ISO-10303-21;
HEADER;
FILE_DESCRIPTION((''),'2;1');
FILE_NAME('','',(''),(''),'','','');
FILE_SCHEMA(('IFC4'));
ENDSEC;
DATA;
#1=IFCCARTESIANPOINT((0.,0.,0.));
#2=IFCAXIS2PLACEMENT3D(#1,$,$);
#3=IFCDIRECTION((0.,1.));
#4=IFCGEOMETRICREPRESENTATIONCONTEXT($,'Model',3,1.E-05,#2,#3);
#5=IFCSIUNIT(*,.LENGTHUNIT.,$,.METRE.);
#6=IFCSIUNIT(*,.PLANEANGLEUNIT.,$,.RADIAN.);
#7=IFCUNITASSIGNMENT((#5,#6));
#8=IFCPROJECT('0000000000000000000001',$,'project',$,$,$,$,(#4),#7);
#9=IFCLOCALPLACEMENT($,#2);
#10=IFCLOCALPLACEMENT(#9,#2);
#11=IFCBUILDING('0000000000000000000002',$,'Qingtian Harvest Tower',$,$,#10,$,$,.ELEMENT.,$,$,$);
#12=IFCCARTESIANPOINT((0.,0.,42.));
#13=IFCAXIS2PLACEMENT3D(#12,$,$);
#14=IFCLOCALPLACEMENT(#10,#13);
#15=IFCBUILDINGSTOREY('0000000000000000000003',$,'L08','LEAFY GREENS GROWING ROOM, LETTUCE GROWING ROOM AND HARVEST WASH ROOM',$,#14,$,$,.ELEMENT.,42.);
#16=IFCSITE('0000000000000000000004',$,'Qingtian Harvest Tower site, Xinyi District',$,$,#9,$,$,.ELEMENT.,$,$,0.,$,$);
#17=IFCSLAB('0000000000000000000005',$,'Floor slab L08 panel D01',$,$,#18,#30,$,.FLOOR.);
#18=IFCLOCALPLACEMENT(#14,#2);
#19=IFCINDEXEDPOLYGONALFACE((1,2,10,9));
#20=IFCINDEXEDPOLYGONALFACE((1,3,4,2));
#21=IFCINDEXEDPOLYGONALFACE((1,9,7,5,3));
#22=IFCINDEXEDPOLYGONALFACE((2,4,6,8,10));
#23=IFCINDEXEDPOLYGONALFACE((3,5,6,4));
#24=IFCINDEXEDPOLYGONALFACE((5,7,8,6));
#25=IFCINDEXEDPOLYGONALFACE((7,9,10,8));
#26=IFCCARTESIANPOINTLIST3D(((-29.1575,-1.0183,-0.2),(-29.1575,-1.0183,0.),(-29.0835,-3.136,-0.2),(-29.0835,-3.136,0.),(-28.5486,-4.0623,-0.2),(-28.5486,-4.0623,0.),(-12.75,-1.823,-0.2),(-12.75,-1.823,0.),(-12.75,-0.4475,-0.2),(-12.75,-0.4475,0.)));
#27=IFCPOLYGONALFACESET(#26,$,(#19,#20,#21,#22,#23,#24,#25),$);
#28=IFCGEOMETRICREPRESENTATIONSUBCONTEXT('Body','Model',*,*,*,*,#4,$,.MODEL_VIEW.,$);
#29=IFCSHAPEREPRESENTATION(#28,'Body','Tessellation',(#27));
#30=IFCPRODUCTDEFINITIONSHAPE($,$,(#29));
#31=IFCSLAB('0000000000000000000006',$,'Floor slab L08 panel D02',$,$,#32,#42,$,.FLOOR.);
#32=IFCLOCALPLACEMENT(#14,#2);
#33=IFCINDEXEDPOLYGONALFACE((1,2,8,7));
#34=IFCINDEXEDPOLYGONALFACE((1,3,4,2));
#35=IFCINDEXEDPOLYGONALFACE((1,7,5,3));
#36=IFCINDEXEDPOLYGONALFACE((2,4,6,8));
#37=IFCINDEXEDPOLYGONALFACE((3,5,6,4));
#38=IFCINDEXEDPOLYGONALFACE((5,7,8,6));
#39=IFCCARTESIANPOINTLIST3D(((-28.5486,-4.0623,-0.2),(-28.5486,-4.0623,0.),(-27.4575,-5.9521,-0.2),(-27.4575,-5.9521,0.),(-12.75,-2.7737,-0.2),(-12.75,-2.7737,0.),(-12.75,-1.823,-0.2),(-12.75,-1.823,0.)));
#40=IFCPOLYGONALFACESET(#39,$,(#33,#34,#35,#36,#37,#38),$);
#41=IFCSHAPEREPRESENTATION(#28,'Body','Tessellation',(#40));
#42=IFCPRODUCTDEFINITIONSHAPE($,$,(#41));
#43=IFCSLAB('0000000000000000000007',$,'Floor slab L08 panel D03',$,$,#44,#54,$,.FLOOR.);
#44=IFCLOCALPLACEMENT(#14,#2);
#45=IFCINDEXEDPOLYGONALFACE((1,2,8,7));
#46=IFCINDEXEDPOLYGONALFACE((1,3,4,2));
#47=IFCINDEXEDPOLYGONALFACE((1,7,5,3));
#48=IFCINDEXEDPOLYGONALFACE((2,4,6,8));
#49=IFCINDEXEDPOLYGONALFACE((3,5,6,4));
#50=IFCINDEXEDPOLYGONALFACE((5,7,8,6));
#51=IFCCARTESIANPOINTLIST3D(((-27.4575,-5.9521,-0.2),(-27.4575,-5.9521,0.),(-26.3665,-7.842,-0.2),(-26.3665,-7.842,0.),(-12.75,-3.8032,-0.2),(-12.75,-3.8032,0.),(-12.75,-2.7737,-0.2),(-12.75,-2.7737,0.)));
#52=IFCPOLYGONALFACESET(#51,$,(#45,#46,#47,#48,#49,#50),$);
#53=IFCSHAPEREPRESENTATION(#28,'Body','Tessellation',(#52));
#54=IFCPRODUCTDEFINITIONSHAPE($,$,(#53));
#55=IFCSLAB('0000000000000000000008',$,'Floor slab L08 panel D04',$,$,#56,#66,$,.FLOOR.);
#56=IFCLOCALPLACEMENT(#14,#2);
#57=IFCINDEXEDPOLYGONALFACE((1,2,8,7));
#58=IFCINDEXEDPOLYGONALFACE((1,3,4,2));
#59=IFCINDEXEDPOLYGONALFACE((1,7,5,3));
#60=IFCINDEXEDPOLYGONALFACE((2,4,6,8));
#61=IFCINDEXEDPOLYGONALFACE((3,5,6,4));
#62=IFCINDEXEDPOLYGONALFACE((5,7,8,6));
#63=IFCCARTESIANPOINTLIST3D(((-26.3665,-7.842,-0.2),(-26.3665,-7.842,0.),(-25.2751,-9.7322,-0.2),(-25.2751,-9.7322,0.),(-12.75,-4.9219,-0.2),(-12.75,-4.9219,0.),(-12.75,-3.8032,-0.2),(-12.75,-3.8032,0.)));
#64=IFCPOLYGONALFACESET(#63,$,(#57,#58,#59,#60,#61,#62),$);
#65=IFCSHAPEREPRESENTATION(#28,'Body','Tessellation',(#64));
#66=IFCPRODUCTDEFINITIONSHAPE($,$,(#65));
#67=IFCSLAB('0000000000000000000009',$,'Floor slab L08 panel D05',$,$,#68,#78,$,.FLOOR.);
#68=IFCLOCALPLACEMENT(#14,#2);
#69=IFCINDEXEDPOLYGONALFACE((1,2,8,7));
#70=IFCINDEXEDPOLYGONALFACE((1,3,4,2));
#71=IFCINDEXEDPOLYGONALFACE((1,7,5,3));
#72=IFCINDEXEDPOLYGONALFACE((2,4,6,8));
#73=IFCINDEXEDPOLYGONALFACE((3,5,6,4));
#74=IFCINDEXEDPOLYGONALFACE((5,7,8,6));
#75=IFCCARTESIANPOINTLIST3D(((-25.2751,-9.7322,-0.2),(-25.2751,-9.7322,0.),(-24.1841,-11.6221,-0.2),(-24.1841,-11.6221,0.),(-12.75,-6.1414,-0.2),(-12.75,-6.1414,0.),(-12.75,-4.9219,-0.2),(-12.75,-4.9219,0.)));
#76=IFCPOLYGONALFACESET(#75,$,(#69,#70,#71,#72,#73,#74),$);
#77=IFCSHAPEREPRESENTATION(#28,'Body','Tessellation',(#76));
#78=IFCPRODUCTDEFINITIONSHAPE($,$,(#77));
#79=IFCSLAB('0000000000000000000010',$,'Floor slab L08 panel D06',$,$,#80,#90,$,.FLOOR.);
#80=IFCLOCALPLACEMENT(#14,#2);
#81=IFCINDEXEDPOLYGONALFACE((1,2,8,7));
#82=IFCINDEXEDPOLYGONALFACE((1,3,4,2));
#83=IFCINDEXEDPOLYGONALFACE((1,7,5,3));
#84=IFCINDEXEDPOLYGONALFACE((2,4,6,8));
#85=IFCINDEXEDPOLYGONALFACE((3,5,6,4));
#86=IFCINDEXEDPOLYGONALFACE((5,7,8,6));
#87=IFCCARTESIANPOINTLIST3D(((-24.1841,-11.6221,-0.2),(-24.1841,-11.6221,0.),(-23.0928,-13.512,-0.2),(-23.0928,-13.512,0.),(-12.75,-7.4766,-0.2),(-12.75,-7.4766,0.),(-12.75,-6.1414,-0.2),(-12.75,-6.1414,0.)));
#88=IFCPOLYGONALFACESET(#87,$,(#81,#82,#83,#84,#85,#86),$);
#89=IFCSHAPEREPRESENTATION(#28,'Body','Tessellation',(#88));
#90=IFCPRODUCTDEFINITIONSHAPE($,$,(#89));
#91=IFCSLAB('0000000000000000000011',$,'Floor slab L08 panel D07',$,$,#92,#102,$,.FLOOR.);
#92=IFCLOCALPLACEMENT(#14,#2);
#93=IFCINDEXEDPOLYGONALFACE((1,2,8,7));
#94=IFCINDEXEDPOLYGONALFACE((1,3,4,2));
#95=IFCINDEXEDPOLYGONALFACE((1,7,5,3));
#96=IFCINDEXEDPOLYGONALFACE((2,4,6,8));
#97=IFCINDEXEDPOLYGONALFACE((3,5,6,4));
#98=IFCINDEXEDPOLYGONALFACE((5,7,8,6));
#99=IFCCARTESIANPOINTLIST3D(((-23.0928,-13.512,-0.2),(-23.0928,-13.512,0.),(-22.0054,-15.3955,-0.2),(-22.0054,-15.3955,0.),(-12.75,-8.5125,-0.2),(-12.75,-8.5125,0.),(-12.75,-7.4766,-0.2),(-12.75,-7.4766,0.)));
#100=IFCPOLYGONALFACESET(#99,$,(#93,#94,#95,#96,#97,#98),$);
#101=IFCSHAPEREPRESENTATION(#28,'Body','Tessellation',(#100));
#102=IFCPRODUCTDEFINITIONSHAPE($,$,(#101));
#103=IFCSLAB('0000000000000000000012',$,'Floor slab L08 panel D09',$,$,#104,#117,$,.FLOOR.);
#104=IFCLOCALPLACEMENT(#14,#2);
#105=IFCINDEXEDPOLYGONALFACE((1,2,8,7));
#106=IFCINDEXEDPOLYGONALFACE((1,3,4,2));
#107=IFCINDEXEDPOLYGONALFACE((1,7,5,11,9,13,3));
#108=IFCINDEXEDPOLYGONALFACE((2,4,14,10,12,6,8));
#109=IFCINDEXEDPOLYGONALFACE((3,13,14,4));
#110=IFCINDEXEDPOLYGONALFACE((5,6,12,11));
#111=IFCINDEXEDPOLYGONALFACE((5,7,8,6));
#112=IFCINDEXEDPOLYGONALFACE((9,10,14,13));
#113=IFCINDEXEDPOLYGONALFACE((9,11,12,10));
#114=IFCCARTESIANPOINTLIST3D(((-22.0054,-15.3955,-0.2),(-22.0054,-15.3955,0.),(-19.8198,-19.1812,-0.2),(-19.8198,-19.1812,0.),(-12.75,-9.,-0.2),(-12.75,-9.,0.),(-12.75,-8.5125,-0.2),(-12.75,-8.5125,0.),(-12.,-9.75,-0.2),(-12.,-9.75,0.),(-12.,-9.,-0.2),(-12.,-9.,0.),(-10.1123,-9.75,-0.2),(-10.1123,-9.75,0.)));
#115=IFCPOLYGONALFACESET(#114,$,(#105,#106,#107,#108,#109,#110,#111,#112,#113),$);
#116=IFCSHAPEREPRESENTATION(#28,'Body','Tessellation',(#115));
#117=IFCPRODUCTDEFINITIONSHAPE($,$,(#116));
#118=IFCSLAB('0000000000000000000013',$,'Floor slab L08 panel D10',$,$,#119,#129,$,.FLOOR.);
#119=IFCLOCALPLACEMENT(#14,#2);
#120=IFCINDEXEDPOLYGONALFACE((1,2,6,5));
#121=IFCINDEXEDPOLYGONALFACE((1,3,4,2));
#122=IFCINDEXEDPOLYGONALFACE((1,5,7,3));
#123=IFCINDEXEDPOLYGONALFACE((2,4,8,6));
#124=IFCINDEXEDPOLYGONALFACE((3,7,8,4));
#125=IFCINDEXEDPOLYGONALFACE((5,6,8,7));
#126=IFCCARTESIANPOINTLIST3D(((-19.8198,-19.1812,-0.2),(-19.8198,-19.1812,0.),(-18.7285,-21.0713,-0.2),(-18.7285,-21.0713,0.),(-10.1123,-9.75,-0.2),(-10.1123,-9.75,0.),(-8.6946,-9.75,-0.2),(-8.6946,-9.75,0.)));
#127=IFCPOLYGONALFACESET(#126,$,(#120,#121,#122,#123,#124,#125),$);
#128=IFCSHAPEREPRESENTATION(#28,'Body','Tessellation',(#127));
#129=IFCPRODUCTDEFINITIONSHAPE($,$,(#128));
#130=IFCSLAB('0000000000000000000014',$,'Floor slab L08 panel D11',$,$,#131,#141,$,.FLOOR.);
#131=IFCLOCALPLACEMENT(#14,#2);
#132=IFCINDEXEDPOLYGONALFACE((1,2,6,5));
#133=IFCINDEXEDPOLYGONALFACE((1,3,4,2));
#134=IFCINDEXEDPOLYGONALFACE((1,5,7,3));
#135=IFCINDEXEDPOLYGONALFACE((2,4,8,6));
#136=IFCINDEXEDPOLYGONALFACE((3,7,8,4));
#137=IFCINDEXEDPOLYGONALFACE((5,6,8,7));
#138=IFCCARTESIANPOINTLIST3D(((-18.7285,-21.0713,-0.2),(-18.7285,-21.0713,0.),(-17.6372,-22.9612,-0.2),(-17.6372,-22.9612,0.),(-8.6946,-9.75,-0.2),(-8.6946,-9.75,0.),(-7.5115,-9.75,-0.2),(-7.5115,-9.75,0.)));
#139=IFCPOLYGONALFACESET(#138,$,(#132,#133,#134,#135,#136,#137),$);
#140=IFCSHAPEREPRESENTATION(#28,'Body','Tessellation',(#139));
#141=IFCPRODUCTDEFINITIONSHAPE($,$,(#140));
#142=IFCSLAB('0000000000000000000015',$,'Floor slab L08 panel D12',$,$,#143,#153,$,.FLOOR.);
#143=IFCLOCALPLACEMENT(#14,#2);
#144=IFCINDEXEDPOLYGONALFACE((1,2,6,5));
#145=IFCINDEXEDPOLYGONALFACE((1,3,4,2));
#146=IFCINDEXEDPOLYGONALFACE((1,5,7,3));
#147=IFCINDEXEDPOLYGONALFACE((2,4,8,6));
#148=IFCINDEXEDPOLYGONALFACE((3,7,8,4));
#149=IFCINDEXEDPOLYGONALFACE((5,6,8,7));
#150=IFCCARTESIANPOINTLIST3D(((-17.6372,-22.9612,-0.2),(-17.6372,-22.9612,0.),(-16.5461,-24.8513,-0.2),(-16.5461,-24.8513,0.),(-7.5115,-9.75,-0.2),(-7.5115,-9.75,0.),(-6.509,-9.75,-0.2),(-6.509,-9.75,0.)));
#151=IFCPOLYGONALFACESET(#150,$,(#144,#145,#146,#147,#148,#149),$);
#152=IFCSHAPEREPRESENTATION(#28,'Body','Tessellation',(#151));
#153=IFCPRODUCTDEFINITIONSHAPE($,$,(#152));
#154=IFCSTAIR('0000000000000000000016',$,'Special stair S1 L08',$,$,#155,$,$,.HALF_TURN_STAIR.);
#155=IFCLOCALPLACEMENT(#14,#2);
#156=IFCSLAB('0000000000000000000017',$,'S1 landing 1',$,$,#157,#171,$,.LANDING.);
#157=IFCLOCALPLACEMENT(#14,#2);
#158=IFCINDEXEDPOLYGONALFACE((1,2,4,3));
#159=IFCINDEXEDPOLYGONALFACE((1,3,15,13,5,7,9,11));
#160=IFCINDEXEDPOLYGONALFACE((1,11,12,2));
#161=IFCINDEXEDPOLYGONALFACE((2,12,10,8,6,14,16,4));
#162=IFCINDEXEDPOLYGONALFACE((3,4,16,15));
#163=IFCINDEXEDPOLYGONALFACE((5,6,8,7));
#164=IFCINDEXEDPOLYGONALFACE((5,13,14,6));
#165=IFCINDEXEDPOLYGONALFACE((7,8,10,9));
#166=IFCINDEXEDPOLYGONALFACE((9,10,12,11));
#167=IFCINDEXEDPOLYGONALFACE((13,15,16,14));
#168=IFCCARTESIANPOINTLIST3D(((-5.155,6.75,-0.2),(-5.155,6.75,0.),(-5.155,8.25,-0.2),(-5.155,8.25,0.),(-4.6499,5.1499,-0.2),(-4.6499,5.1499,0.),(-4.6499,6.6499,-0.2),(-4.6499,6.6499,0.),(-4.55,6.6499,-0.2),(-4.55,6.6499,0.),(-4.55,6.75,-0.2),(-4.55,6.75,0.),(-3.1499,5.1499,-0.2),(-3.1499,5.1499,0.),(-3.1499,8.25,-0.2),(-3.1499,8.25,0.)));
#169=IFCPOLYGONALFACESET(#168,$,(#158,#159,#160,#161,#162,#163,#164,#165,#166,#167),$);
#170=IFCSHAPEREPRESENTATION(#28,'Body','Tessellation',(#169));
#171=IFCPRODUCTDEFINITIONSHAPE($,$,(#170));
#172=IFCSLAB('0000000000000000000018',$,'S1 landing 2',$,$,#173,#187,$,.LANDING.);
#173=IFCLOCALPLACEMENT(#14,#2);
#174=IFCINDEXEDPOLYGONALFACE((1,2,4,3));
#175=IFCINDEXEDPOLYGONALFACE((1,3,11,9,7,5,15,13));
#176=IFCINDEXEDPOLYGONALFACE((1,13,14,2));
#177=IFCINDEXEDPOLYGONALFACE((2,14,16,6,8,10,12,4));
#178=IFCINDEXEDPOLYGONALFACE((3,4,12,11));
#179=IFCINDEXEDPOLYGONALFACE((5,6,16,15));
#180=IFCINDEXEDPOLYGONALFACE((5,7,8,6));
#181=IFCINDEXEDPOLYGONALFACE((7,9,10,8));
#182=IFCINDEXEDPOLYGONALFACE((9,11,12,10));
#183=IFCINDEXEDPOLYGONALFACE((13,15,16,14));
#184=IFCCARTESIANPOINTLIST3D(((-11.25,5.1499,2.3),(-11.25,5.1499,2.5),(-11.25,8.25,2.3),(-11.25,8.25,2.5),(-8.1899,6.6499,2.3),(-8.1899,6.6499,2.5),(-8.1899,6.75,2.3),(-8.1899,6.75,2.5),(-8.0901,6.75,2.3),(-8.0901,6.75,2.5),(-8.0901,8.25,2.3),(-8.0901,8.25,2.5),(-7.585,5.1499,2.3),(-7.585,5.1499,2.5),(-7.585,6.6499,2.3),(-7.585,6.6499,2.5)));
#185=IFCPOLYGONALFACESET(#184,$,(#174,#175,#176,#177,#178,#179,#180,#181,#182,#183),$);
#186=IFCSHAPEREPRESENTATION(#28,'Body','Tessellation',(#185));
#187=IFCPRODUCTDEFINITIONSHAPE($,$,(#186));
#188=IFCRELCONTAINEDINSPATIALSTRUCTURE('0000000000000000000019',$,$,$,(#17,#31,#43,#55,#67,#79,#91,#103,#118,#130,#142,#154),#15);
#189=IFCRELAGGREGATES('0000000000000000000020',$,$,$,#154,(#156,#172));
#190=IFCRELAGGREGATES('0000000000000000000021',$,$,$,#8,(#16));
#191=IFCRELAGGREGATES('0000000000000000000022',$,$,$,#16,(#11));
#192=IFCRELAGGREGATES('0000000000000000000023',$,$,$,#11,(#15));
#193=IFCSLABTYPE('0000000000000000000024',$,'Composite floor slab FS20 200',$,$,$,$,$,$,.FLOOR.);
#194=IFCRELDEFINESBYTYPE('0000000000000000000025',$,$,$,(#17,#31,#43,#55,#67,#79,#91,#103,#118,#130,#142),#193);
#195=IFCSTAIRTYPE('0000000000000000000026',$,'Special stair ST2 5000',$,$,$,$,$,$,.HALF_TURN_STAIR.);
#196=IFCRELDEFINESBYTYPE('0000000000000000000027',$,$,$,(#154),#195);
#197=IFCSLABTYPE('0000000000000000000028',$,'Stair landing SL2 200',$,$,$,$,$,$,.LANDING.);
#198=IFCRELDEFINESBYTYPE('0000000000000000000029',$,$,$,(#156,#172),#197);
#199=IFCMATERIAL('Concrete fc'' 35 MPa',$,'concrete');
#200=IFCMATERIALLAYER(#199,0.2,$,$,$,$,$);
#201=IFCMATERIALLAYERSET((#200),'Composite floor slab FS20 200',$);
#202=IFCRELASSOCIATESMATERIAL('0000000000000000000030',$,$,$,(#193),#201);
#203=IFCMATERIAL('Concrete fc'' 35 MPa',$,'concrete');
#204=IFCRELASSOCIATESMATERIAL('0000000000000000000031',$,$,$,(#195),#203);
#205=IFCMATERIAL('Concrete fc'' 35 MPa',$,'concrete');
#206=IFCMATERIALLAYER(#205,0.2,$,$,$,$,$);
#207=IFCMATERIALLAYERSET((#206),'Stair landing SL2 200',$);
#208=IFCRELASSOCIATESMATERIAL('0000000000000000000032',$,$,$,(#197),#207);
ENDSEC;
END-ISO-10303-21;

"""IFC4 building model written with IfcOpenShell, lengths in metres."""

from ifc_helpers import new_model, si_unit, direction, frame, origin, place, context, subcontext, project, spatial, polyline, outline, extrude, material, layer, layer_set, type_object, element, aggregate, save


model = new_model("IFC4")

# Units and contexts
model_context = context("Model", 3, precision=1e-05, world=origin(), true_north=direction((0.0, 1.0)))
body_context = subcontext(model_context, "Body", "Model", "MODEL_VIEW")
ifc_project = project(units=[si_unit("LENGTHUNIT", "METRE"), si_unit("PLANEANGLEUNIT", "RADIAN")], contexts=[model_context])

# Site, building, storey
site_placement = place(None, origin())
site = spatial("IfcSite", under=ifc_project, at=site_placement, Name="Qingtian Harvest Tower site, Xinyi District", CompositionType="ELEMENT", RefElevation=0.0)
building_placement = place(site_placement, origin())
building = spatial("IfcBuilding", under=site, at=building_placement, Name="Qingtian Harvest Tower", CompositionType="ELEMENT")
storey_placement = place(building_placement, frame((0.0, 0.0, 42.0)))
storey = spatial("IfcBuildingStorey", under=building, at=storey_placement, Name="L08", Description="LEAFY GREENS GROWING ROOM, LETTUCE GROWING ROOM AND HARVEST WASH ROOM", CompositionType="ELEMENT", Elevation=42.0)

# Slabs
ifc_material_1 = material(Name="Concrete fc' 35 MPa", Category="concrete")
ifc_layer_1 = layer(ifc_material_1, 0.2)
ifc_layer_set_1 = layer_set([ifc_layer_1], Name="Composite floor slab FS20 200")
slab_type_1 = type_object("IfcSlabType", Name="Composite floor slab FS20 200", PredefinedType="FLOOR", material=ifc_layer_set_1)
slab_1_placement = place(storey_placement, frame((0.0, 0.0, -0.2)))
element("IfcSlab", 1, at=slab_1_placement, inside=storey, type_object=slab_type_1, Name="Floor slab L08 panel D01", PredefinedType="FLOOR", context=body_context, shape_type="SweptSolid", body=[
    extrude(outline(polyline([(-29.1575, -1.0183), (-12.75, -0.4475), (-12.75, -1.823), (-28.5486, -4.0623), (-29.0835, -3.136), (-29.1575, -1.0183)])), origin(), (0.0, 0.0, 1.0), 0.2),
])
slab_2_placement = place(storey_placement, frame((0.0, 0.0, -0.2)))
element("IfcSlab", 2, at=slab_2_placement, inside=storey, type_object=slab_type_1, Name="Floor slab L08 panel D02", PredefinedType="FLOOR", context=body_context, shape_type="SweptSolid", body=[
    extrude(outline(polyline([(-12.75, -2.7737), (-27.4575, -5.9521), (-28.5486, -4.0623), (-12.75, -1.823), (-12.75, -2.7737)])), origin(), (0.0, 0.0, 1.0), 0.2),
])
slab_3_placement = place(storey_placement, frame((0.0, 0.0, -0.2)))
element("IfcSlab", 3, at=slab_3_placement, inside=storey, type_object=slab_type_1, Name="Floor slab L08 panel D03", PredefinedType="FLOOR", context=body_context, shape_type="SweptSolid", body=[
    extrude(outline(polyline([(-12.75, -3.8032), (-26.3665, -7.842), (-27.4575, -5.9521), (-12.75, -2.7737), (-12.75, -3.8032)])), origin(), (0.0, 0.0, 1.0), 0.2),
])
slab_4_placement = place(storey_placement, frame((0.0, 0.0, -0.2)))
element("IfcSlab", 4, at=slab_4_placement, inside=storey, type_object=slab_type_1, Name="Floor slab L08 panel D04", PredefinedType="FLOOR", context=body_context, shape_type="SweptSolid", body=[
    extrude(outline(polyline([(-12.75, -4.9219), (-25.2751, -9.7322), (-26.3665, -7.842), (-12.75, -3.8032), (-12.75, -4.9219)])), origin(), (0.0, 0.0, 1.0), 0.2),
])
slab_5_placement = place(storey_placement, frame((0.0, 0.0, -0.2)))
element("IfcSlab", 5, at=slab_5_placement, inside=storey, type_object=slab_type_1, Name="Floor slab L08 panel D05", PredefinedType="FLOOR", context=body_context, shape_type="SweptSolid", body=[
    extrude(outline(polyline([(-12.75, -6.1414), (-24.1841, -11.6221), (-25.2751, -9.7322), (-12.75, -4.9219), (-12.75, -6.1414)])), origin(), (0.0, 0.0, 1.0), 0.2),
])
slab_6_placement = place(storey_placement, frame((0.0, 0.0, -0.2)))
element("IfcSlab", 6, at=slab_6_placement, inside=storey, type_object=slab_type_1, Name="Floor slab L08 panel D06", PredefinedType="FLOOR", context=body_context, shape_type="SweptSolid", body=[
    extrude(outline(polyline([(-12.75, -7.4766), (-23.0928, -13.512), (-24.1841, -11.6221), (-12.75, -6.1414), (-12.75, -7.4766)])), origin(), (0.0, 0.0, 1.0), 0.2),
])
slab_7_placement = place(storey_placement, frame((0.0, 0.0, -0.2)))
element("IfcSlab", 7, at=slab_7_placement, inside=storey, type_object=slab_type_1, Name="Floor slab L08 panel D07", PredefinedType="FLOOR", context=body_context, shape_type="SweptSolid", body=[
    extrude(outline(polyline([(-12.75, -8.5125), (-22.0054, -15.3955), (-23.0928, -13.512), (-12.75, -7.4766), (-12.75, -8.5125)])), origin(), (0.0, 0.0, 1.0), 0.2),
])
slab_8_placement = place(storey_placement, frame((0.0, 0.0, -0.2)))
element("IfcSlab", 8, at=slab_8_placement, inside=storey, type_object=slab_type_1, Name="Floor slab L08 panel D09", PredefinedType="FLOOR", context=body_context, shape_type="SweptSolid", body=[
    extrude(outline(polyline([(-19.8198, -19.1812), (-22.0054, -15.3955), (-12.75, -8.5125), (-12.75, -9.0), (-12.0, -9.0), (-12.0, -9.75), (-10.1123, -9.75), (-19.8198, -19.1812)])), origin(), (0.0, 0.0, 1.0), 0.2),
])
slab_9_placement = place(storey_placement, frame((0.0, 0.0, -0.2)))
element("IfcSlab", 9, at=slab_9_placement, inside=storey, type_object=slab_type_1, Name="Floor slab L08 panel D10", PredefinedType="FLOOR", context=body_context, shape_type="SweptSolid", body=[
    extrude(outline(polyline([(-8.6946, -9.75), (-18.7285, -21.0713), (-19.8198, -19.1812), (-10.1123, -9.75), (-8.6946, -9.75)])), origin(), (0.0, 0.0, 1.0), 0.2),
])
slab_10_placement = place(storey_placement, frame((0.0, 0.0, -0.2)))
element("IfcSlab", 10, at=slab_10_placement, inside=storey, type_object=slab_type_1, Name="Floor slab L08 panel D11", PredefinedType="FLOOR", context=body_context, shape_type="SweptSolid", body=[
    extrude(outline(polyline([(-7.5115, -9.75), (-17.6372, -22.9612), (-18.7285, -21.0713), (-8.6946, -9.75), (-7.5115, -9.75)])), origin(), (0.0, 0.0, 1.0), 0.2),
])
slab_11_placement = place(storey_placement, frame((0.0, 0.0, -0.2)))
element("IfcSlab", 11, at=slab_11_placement, inside=storey, type_object=slab_type_1, Name="Floor slab L08 panel D12", PredefinedType="FLOOR", context=body_context, shape_type="SweptSolid", body=[
    extrude(outline(polyline([(-6.509, -9.75), (-16.5461, -24.8513), (-17.6372, -22.9612), (-7.5115, -9.75), (-6.509, -9.75)])), origin(), (0.0, 0.0, 1.0), 0.2),
])

# Stair, slabs
ifc_material_2 = material(Name="Concrete fc' 35 MPa", Category="concrete")
stair_type = type_object("IfcStairType", Name="Special stair ST2 5000", PredefinedType="HALF_TURN_STAIR", material=ifc_material_2)
stair_1_placement = place(storey_placement, origin())
stair_1 = element("IfcStair", 12, at=stair_1_placement, inside=storey, type_object=stair_type, Name="Special stair S1 L08", PredefinedType="HALF_TURN_STAIR")
ifc_material_3 = material(Name="Concrete fc' 35 MPa", Category="concrete")
ifc_layer_2 = layer(ifc_material_3, 0.2)
ifc_layer_set_2 = layer_set([ifc_layer_2], Name="Stair landing SL2 200")
slab_type_2 = type_object("IfcSlabType", Name="Stair landing SL2 200", PredefinedType="LANDING", material=ifc_layer_set_2)
slab_12_placement = place(storey_placement, frame((0.0, 0.0, -0.2)))
slab_12 = element("IfcSlab", 13, at=slab_12_placement, type_object=slab_type_2, Name="S1 landing 1", PredefinedType="LANDING", context=body_context, shape_type="SweptSolid", body=[
    extrude(outline(polyline([(-4.6499, 5.1499), (-4.6499, 6.6499), (-4.55, 6.6499), (-4.55, 6.75), (-5.155, 6.75), (-5.155, 8.25), (-3.1499, 8.25), (-3.1499, 5.1499), (-4.6499, 5.1499)])), origin(), (0.0, 0.0, 1.0), 0.2),
])
slab_13_placement = place(storey_placement, frame((0.0, 0.0, 2.3)))
slab_13 = element("IfcSlab", 14, at=slab_13_placement, type_object=slab_type_2, Name="S1 landing 2", PredefinedType="LANDING", context=body_context, shape_type="SweptSolid", body=[
    extrude(outline(polyline([(-7.585, 5.1499), (-11.25, 5.1499), (-11.25, 8.25), (-8.0901, 8.25), (-8.0901, 6.75), (-8.1899, 6.75), (-8.1899, 6.6499), (-7.585, 6.6499), (-7.585, 5.1499)])), origin(), (0.0, 0.0, 1.0), 0.2),
])
aggregate(stair_1, [slab_12, slab_13])

save(model, "model.ifc")
